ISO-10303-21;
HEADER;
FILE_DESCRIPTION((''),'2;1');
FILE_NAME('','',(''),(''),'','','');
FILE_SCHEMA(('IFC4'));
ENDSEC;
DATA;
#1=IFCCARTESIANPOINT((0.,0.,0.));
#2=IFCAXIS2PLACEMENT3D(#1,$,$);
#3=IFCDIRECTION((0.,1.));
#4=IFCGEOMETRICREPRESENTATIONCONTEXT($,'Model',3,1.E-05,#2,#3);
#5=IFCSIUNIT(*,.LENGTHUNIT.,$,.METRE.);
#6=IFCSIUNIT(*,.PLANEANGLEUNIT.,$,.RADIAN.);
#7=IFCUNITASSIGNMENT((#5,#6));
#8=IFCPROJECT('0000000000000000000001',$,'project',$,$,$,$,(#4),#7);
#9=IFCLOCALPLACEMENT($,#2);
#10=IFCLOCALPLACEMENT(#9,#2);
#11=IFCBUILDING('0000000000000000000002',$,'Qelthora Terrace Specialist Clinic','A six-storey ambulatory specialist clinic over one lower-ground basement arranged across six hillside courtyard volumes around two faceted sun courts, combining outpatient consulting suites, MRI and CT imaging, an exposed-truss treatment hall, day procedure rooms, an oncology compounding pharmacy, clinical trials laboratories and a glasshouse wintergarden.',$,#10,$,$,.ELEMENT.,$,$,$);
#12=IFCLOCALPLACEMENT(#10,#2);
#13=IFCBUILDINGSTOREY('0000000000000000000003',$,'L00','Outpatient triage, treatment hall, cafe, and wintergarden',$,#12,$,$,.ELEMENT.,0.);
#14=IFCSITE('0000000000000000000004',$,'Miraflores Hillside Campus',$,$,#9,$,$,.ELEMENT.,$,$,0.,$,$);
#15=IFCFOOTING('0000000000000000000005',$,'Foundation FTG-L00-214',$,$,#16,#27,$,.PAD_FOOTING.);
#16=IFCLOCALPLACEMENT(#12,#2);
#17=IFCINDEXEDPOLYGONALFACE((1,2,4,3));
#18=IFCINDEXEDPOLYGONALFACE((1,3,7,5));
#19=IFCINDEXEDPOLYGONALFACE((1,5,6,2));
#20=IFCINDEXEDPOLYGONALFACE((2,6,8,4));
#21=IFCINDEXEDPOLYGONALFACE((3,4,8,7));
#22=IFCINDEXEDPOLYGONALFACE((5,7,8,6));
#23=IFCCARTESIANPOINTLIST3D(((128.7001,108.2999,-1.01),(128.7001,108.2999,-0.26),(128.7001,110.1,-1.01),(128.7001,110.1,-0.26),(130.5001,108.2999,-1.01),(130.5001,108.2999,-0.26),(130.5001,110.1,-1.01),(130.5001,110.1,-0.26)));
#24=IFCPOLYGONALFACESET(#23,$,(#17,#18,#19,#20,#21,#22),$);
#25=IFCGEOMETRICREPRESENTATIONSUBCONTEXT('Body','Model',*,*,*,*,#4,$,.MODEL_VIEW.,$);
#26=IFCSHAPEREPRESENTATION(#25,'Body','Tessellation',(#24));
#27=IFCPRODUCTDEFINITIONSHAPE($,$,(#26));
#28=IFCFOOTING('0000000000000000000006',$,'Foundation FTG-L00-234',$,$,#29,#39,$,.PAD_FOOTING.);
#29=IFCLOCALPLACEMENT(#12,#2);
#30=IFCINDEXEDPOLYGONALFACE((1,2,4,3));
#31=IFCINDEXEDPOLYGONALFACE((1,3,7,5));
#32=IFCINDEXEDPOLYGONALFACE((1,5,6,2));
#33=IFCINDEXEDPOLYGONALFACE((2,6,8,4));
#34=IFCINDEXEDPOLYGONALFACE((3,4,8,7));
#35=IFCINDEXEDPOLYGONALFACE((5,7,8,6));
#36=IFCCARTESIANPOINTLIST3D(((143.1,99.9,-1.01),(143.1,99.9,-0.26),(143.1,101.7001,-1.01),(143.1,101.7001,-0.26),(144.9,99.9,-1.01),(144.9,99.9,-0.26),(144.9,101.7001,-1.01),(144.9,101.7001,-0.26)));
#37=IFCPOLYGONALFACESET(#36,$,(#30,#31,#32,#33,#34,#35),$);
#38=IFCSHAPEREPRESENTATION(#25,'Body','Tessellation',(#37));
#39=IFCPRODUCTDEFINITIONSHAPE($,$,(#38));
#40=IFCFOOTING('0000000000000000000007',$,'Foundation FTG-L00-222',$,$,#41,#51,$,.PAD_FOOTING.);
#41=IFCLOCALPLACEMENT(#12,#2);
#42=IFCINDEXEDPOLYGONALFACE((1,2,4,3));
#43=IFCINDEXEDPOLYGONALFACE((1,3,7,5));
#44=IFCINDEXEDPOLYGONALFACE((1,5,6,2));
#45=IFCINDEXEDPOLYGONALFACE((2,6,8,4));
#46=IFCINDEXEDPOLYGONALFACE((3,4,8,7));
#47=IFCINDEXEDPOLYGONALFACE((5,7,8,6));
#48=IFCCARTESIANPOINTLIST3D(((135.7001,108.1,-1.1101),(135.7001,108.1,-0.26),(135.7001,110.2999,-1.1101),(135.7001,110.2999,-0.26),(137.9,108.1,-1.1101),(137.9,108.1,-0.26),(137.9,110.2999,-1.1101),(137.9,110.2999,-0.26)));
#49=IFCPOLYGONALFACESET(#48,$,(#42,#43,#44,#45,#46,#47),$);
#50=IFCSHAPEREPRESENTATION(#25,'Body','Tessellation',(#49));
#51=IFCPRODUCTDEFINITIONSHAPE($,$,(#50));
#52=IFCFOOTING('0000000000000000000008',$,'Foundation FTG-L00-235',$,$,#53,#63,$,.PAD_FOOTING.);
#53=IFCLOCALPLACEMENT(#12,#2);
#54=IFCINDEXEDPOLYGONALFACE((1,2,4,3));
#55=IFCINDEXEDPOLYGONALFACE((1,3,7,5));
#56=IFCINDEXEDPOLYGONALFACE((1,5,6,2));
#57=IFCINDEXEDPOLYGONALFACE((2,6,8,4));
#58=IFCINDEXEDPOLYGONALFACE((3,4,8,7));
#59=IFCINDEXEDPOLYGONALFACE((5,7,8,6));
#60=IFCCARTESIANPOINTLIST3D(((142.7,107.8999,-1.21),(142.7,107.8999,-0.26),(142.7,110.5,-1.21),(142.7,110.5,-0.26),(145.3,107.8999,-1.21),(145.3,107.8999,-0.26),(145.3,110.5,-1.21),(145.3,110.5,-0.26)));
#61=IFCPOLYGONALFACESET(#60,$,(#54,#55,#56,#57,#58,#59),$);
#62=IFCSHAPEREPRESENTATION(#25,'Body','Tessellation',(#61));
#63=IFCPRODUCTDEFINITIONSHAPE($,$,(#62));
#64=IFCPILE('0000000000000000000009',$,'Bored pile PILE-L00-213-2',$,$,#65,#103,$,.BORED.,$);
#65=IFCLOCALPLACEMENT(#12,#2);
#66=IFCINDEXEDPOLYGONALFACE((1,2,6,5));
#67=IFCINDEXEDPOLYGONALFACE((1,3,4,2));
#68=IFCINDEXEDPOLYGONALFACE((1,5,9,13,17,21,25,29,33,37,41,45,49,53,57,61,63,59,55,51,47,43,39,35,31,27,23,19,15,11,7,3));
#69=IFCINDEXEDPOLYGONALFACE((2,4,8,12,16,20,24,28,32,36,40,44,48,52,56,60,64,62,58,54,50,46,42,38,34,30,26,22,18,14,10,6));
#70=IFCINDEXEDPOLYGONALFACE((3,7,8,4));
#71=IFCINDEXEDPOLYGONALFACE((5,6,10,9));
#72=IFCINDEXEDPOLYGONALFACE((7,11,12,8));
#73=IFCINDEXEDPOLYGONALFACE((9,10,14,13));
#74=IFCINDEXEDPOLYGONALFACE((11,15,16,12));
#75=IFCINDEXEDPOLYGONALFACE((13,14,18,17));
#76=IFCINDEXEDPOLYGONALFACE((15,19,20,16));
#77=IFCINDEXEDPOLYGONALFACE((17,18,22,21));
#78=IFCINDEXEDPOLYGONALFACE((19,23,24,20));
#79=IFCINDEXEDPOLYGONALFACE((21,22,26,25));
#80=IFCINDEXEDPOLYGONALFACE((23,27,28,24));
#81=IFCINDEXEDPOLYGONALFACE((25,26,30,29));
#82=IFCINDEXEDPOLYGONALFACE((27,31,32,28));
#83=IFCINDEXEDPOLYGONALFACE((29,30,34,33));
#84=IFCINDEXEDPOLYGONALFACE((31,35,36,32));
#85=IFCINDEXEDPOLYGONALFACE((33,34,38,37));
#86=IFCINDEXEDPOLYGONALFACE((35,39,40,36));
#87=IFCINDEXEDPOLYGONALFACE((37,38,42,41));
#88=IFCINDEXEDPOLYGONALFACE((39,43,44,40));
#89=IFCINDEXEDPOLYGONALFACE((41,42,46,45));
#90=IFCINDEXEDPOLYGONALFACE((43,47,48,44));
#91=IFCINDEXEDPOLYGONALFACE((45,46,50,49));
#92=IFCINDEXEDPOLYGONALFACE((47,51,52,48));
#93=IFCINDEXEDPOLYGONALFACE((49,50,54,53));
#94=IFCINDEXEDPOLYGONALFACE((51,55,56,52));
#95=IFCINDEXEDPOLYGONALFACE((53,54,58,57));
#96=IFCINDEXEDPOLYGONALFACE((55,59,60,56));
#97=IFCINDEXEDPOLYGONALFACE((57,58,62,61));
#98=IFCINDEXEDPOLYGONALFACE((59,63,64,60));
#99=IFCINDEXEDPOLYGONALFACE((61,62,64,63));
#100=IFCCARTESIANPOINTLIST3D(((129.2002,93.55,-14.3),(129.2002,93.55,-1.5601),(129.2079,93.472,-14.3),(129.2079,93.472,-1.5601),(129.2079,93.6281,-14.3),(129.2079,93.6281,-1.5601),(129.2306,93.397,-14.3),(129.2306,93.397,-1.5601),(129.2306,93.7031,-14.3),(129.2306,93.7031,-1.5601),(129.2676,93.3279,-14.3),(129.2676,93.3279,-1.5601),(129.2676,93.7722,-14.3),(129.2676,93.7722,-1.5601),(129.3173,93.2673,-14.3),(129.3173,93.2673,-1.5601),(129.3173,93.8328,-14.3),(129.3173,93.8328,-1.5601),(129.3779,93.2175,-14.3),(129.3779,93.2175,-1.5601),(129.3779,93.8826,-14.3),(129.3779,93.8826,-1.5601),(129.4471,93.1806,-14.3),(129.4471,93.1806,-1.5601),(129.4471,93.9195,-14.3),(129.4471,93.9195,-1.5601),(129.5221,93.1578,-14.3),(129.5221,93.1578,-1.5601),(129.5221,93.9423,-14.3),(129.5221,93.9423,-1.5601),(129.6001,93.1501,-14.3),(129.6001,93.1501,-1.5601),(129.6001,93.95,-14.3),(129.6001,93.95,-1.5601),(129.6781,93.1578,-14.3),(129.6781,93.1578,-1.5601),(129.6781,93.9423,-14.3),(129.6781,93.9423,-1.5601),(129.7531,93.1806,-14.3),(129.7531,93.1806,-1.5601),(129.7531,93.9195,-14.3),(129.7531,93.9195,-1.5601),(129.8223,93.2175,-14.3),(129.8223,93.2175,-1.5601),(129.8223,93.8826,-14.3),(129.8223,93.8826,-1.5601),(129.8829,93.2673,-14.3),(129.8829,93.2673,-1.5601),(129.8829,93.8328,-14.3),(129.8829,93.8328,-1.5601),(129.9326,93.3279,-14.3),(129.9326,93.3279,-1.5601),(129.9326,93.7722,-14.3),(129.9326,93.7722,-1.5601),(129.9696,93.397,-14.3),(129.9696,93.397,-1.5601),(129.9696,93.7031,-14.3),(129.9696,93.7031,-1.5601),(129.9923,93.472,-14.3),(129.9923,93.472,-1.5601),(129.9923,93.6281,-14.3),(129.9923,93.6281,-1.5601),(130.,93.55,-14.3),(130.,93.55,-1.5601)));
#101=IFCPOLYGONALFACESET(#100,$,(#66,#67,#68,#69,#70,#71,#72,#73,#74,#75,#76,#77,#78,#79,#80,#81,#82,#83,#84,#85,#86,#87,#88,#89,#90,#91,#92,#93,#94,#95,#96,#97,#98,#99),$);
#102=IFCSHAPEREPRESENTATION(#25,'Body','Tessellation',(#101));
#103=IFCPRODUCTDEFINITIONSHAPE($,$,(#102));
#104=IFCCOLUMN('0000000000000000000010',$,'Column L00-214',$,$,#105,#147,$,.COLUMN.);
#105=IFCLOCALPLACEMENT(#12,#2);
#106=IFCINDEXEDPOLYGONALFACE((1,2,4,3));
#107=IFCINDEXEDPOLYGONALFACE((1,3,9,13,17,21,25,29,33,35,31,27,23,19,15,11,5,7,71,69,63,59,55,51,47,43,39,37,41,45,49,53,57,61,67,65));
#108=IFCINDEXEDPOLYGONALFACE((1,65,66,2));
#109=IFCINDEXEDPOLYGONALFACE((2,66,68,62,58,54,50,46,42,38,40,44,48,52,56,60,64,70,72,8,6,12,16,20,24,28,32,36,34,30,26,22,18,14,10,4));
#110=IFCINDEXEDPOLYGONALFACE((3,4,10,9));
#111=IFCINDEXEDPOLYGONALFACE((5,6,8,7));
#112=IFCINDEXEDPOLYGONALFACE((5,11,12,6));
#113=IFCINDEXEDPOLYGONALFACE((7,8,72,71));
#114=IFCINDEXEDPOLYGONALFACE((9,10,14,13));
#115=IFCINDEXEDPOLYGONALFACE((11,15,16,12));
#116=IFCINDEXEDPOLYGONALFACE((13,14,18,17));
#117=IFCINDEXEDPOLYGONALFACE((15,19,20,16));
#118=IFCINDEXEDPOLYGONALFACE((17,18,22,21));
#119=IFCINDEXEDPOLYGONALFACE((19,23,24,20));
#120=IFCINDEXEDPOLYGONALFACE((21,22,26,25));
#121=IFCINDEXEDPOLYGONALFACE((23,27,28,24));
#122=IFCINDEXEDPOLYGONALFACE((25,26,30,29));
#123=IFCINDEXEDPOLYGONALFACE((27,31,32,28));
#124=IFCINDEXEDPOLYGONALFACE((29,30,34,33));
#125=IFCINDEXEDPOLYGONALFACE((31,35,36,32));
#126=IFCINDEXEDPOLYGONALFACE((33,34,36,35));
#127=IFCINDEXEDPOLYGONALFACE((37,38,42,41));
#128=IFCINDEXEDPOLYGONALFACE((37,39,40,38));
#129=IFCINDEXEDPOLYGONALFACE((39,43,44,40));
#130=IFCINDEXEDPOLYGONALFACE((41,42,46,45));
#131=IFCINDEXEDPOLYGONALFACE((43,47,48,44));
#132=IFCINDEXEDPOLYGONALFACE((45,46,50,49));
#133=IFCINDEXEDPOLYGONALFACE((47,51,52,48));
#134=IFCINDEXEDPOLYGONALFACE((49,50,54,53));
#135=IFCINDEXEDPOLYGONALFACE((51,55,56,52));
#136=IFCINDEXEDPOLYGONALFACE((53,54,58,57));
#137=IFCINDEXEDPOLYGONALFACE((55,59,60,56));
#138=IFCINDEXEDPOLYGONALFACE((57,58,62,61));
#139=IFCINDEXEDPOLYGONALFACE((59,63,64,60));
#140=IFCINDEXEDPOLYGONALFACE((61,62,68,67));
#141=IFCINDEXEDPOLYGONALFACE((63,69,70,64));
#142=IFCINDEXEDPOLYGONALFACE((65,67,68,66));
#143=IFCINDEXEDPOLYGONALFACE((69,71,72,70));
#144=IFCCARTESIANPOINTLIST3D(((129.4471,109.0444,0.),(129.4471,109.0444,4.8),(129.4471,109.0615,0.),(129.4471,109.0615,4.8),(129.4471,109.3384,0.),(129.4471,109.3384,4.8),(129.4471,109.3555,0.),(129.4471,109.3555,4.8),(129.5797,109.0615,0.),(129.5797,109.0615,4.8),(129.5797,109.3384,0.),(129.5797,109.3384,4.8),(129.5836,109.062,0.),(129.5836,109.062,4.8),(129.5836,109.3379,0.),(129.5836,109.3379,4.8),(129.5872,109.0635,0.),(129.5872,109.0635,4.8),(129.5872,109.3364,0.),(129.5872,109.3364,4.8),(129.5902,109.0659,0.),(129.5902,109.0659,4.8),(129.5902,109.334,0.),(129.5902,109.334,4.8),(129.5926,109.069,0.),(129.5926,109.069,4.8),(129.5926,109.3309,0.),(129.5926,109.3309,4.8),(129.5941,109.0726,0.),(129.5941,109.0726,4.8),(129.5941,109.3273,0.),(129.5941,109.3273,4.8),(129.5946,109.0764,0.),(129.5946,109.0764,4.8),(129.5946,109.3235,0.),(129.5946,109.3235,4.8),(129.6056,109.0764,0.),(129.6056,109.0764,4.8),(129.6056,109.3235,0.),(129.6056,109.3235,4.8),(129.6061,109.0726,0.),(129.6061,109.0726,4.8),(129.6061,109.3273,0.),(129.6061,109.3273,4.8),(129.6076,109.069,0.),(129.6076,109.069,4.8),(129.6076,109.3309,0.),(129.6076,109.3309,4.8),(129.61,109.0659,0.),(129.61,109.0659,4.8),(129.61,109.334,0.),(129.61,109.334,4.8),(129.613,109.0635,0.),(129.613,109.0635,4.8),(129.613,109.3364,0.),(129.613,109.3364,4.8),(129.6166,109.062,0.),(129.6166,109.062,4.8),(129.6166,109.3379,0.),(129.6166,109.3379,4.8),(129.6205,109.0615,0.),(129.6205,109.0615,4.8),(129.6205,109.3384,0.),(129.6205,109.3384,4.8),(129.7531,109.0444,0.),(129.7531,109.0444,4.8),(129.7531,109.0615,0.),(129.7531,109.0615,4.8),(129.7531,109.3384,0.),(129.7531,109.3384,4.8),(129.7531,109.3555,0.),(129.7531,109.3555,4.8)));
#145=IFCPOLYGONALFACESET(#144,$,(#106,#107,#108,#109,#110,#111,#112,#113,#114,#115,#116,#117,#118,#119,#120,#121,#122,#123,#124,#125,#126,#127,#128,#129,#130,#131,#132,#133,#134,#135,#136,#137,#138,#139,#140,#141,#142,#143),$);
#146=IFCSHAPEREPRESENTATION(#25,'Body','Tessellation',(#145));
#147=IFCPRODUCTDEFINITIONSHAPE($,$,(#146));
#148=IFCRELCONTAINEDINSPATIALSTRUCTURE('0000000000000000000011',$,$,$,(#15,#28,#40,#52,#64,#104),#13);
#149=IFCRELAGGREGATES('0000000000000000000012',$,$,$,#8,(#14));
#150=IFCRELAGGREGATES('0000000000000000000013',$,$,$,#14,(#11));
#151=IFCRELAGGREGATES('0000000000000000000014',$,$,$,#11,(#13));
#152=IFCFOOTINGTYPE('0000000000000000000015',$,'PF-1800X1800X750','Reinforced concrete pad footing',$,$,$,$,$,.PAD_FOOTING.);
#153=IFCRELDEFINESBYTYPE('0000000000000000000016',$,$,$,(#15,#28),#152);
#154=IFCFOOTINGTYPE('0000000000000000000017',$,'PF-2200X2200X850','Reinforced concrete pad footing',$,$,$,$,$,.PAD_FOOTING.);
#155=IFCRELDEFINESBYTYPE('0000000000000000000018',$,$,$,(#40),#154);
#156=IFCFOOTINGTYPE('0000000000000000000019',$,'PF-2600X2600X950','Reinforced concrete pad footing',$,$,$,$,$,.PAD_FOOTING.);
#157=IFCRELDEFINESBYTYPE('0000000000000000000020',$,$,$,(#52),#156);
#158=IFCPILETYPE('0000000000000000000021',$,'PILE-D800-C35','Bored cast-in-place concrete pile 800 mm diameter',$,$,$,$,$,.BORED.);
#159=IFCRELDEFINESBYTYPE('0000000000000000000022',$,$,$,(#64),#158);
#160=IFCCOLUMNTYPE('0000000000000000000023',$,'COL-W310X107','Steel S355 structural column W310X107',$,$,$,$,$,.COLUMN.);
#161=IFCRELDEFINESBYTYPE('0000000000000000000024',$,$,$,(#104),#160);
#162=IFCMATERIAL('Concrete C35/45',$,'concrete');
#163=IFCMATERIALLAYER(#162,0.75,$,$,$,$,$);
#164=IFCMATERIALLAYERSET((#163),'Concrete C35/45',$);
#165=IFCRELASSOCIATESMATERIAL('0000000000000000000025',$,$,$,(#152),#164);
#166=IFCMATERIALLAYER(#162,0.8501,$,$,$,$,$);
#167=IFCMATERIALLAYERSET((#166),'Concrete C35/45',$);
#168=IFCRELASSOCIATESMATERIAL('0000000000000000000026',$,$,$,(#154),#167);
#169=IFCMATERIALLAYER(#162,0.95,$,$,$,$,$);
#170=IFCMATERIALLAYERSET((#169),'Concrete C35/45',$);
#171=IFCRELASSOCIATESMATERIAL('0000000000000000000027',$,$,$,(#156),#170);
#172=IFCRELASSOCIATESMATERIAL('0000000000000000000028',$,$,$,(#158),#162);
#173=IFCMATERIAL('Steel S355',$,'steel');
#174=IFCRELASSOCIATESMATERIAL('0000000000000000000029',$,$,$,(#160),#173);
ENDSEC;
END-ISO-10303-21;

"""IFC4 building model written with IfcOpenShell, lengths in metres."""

from ifc_helpers import new_model, si_unit, direction, frame, origin, origin_2d, place, context, subcontext, project, spatial, rectangle, circle, i_section, extrude, material, layer, layer_set, material_profile, profile_set, type_object, element, save


model = new_model("IFC4")

# Units and contexts
model_context = context("Model", 3, precision=1e-05, world=origin(), true_north=direction((0.0, 1.0)))
body_context = subcontext(model_context, "Body", "Model", "MODEL_VIEW")
ifc_project = project(units=[si_unit("LENGTHUNIT", "METRE"), si_unit("PLANEANGLEUNIT", "RADIAN")], contexts=[model_context])

# Site, building, storey
site_placement = place(None, origin())
site = spatial("IfcSite", under=ifc_project, at=site_placement, Name="Miraflores Hillside Campus", CompositionType="ELEMENT", RefElevation=0.0)
building_placement = place(site_placement, origin())
building = spatial("IfcBuilding", under=site, at=building_placement, Name="Qelthora Terrace Specialist Clinic", Description="A six-storey ambulatory specialist clinic over one lower-ground basement arranged across six hillside courtyard volumes around two faceted sun courts, combining outpatient consulting suites, MRI and CT imaging, an exposed-truss treatment hall, day procedure rooms, an oncology compounding pharmacy, clinical trials laboratories and a glasshouse wintergarden.", CompositionType="ELEMENT")
storey_placement = place(building_placement, origin())
storey = spatial("IfcBuildingStorey", under=building, at=storey_placement, Name="L00", Description="Outpatient triage, treatment hall, cafe, and wintergarden", CompositionType="ELEMENT", Elevation=0.0)

# Footings
ifc_material_1 = material(Name="Concrete C35/45", Category="concrete")
ifc_layer_1 = layer(ifc_material_1, 0.75)
ifc_layer_set_1 = layer_set([ifc_layer_1], Name="Concrete C35/45")
footing_type_1 = type_object("IfcFootingType", Name="PF-1800X1800X750", Description="Reinforced concrete pad footing", PredefinedType="PAD_FOOTING", material=ifc_layer_set_1)
for number, where, z_axis, x_axis, name in (
    (1, (129.6001, 109.2, -1.01), (0.0, 0.0, 1.0), (1.0, 0.0, 0.0), "Foundation FTG-L00-214"),
    (2, (144.0, 100.8, -1.01), (0.0, 0.0, 1.0), (1.0, 0.0, 0.0), "Foundation FTG-L00-234"),
):
    element("IfcFooting", number, at=place(storey_placement, frame(where, z_axis=z_axis, x_axis=x_axis)), inside=storey, type_object=footing_type_1, Name=name, PredefinedType="PAD_FOOTING", context=body_context, shape_type="SweptSolid", body=[
        extrude(rectangle(XDim=1.8, YDim=1.8, at=origin_2d()), origin(), (0.0, 0.0, 1.0), 0.75),
    ])
ifc_layer_2 = layer(ifc_material_1, 0.8501)
ifc_layer_set_2 = layer_set([ifc_layer_2], Name="Concrete C35/45")
footing_type_2 = type_object("IfcFootingType", Name="PF-2200X2200X850", Description="Reinforced concrete pad footing", PredefinedType="PAD_FOOTING", material=ifc_layer_set_2)
footing_1_placement = place(storey_placement, frame((136.8, 109.2, -1.1101), z_axis=(0.0, 0.0, 1.0), x_axis=(1.0, 0.0, 0.0)))
element("IfcFooting", 3, at=footing_1_placement, inside=storey, type_object=footing_type_2, Name="Foundation FTG-L00-222", PredefinedType="PAD_FOOTING", context=body_context, shape_type="SweptSolid", body=[
    extrude(rectangle(XDim=2.2, YDim=2.2, at=origin_2d()), origin(), (0.0, 0.0, 1.0), 0.8501),
])
ifc_layer_3 = layer(ifc_material_1, 0.95)
ifc_layer_set_3 = layer_set([ifc_layer_3], Name="Concrete C35/45")
footing_type_3 = type_object("IfcFootingType", Name="PF-2600X2600X950", Description="Reinforced concrete pad footing", PredefinedType="PAD_FOOTING", material=ifc_layer_set_3)
footing_2_placement = place(storey_placement, frame((144.0, 109.2, -1.21), z_axis=(0.0, 0.0, 1.0), x_axis=(1.0, 0.0, 0.0)))
element("IfcFooting", 4, at=footing_2_placement, inside=storey, type_object=footing_type_3, Name="Foundation FTG-L00-235", PredefinedType="PAD_FOOTING", context=body_context, shape_type="SweptSolid", body=[
    extrude(rectangle(XDim=2.6001, YDim=2.6001, at=origin_2d()), origin(), (0.0, 0.0, 1.0), 0.95),
])

# Pile
ifc_material_profile_1 = material_profile(ifc_material_1, circle(Radius=0.3999, at=origin_2d()), Name="PILE800")
ifc_profile_set_1 = profile_set([ifc_material_profile_1], Name="Concrete C35/45")
pile_type = type_object("IfcPileType", Name="PILE-D800-C35", Description="Bored cast-in-place concrete pile 800 mm diameter", PredefinedType="BORED", material=ifc_profile_set_1)
pile_placement = place(storey_placement, frame((129.6001, 93.55, -1.5601), z_axis=(0.0, 0.0, -1.0), x_axis=(1.0, 0.0, 0.0)))
element("IfcPile", 5, at=pile_placement, inside=storey, type_object=pile_type, Name="Bored pile PILE-L00-213-2", PredefinedType="BORED", context=body_context, shape_type="SweptSolid", body=[
    extrude(circle(Radius=0.3999, at=origin_2d()), origin(), (0.0, 0.0, 1.0), 12.74),
])

# Column
ifc_material_2 = material(Name="Steel S355", Category="steel")
ifc_material_profile_2 = material_profile(ifc_material_2, i_section(OverallWidth=0.3059, OverallDepth=0.311, WebThickness=0.011, FlangeThickness=0.0171, FilletRadius=0.0149, at=origin_2d()), Name="W310X107")
ifc_profile_set_2 = profile_set([ifc_material_profile_2], Name="Steel S355")
column_type_1 = type_object("IfcColumnType", Name="COL-W310X107", Description="Steel S355 structural column W310X107", PredefinedType="COLUMN", material=ifc_profile_set_2)
column_placement = place(storey_placement, frame((129.6001, 109.2, 0.0), z_axis=(0.0, 0.0, 1.0), x_axis=(1.0, 0.0, 0.0)))
element("IfcColumn", 6, at=column_placement, inside=storey, type_object=column_type_1, Name="Column L00-214", PredefinedType="COLUMN", context=body_context, shape_type="SweptSolid", body=[
    extrude(i_section(OverallWidth=0.3059, OverallDepth=0.311, WebThickness=0.011, FlangeThickness=0.0171, FilletRadius=0.0149, at=origin_2d()), origin(), (0.0, 0.0, 1.0), 4.8),
])

save(model, "model.ifc")
